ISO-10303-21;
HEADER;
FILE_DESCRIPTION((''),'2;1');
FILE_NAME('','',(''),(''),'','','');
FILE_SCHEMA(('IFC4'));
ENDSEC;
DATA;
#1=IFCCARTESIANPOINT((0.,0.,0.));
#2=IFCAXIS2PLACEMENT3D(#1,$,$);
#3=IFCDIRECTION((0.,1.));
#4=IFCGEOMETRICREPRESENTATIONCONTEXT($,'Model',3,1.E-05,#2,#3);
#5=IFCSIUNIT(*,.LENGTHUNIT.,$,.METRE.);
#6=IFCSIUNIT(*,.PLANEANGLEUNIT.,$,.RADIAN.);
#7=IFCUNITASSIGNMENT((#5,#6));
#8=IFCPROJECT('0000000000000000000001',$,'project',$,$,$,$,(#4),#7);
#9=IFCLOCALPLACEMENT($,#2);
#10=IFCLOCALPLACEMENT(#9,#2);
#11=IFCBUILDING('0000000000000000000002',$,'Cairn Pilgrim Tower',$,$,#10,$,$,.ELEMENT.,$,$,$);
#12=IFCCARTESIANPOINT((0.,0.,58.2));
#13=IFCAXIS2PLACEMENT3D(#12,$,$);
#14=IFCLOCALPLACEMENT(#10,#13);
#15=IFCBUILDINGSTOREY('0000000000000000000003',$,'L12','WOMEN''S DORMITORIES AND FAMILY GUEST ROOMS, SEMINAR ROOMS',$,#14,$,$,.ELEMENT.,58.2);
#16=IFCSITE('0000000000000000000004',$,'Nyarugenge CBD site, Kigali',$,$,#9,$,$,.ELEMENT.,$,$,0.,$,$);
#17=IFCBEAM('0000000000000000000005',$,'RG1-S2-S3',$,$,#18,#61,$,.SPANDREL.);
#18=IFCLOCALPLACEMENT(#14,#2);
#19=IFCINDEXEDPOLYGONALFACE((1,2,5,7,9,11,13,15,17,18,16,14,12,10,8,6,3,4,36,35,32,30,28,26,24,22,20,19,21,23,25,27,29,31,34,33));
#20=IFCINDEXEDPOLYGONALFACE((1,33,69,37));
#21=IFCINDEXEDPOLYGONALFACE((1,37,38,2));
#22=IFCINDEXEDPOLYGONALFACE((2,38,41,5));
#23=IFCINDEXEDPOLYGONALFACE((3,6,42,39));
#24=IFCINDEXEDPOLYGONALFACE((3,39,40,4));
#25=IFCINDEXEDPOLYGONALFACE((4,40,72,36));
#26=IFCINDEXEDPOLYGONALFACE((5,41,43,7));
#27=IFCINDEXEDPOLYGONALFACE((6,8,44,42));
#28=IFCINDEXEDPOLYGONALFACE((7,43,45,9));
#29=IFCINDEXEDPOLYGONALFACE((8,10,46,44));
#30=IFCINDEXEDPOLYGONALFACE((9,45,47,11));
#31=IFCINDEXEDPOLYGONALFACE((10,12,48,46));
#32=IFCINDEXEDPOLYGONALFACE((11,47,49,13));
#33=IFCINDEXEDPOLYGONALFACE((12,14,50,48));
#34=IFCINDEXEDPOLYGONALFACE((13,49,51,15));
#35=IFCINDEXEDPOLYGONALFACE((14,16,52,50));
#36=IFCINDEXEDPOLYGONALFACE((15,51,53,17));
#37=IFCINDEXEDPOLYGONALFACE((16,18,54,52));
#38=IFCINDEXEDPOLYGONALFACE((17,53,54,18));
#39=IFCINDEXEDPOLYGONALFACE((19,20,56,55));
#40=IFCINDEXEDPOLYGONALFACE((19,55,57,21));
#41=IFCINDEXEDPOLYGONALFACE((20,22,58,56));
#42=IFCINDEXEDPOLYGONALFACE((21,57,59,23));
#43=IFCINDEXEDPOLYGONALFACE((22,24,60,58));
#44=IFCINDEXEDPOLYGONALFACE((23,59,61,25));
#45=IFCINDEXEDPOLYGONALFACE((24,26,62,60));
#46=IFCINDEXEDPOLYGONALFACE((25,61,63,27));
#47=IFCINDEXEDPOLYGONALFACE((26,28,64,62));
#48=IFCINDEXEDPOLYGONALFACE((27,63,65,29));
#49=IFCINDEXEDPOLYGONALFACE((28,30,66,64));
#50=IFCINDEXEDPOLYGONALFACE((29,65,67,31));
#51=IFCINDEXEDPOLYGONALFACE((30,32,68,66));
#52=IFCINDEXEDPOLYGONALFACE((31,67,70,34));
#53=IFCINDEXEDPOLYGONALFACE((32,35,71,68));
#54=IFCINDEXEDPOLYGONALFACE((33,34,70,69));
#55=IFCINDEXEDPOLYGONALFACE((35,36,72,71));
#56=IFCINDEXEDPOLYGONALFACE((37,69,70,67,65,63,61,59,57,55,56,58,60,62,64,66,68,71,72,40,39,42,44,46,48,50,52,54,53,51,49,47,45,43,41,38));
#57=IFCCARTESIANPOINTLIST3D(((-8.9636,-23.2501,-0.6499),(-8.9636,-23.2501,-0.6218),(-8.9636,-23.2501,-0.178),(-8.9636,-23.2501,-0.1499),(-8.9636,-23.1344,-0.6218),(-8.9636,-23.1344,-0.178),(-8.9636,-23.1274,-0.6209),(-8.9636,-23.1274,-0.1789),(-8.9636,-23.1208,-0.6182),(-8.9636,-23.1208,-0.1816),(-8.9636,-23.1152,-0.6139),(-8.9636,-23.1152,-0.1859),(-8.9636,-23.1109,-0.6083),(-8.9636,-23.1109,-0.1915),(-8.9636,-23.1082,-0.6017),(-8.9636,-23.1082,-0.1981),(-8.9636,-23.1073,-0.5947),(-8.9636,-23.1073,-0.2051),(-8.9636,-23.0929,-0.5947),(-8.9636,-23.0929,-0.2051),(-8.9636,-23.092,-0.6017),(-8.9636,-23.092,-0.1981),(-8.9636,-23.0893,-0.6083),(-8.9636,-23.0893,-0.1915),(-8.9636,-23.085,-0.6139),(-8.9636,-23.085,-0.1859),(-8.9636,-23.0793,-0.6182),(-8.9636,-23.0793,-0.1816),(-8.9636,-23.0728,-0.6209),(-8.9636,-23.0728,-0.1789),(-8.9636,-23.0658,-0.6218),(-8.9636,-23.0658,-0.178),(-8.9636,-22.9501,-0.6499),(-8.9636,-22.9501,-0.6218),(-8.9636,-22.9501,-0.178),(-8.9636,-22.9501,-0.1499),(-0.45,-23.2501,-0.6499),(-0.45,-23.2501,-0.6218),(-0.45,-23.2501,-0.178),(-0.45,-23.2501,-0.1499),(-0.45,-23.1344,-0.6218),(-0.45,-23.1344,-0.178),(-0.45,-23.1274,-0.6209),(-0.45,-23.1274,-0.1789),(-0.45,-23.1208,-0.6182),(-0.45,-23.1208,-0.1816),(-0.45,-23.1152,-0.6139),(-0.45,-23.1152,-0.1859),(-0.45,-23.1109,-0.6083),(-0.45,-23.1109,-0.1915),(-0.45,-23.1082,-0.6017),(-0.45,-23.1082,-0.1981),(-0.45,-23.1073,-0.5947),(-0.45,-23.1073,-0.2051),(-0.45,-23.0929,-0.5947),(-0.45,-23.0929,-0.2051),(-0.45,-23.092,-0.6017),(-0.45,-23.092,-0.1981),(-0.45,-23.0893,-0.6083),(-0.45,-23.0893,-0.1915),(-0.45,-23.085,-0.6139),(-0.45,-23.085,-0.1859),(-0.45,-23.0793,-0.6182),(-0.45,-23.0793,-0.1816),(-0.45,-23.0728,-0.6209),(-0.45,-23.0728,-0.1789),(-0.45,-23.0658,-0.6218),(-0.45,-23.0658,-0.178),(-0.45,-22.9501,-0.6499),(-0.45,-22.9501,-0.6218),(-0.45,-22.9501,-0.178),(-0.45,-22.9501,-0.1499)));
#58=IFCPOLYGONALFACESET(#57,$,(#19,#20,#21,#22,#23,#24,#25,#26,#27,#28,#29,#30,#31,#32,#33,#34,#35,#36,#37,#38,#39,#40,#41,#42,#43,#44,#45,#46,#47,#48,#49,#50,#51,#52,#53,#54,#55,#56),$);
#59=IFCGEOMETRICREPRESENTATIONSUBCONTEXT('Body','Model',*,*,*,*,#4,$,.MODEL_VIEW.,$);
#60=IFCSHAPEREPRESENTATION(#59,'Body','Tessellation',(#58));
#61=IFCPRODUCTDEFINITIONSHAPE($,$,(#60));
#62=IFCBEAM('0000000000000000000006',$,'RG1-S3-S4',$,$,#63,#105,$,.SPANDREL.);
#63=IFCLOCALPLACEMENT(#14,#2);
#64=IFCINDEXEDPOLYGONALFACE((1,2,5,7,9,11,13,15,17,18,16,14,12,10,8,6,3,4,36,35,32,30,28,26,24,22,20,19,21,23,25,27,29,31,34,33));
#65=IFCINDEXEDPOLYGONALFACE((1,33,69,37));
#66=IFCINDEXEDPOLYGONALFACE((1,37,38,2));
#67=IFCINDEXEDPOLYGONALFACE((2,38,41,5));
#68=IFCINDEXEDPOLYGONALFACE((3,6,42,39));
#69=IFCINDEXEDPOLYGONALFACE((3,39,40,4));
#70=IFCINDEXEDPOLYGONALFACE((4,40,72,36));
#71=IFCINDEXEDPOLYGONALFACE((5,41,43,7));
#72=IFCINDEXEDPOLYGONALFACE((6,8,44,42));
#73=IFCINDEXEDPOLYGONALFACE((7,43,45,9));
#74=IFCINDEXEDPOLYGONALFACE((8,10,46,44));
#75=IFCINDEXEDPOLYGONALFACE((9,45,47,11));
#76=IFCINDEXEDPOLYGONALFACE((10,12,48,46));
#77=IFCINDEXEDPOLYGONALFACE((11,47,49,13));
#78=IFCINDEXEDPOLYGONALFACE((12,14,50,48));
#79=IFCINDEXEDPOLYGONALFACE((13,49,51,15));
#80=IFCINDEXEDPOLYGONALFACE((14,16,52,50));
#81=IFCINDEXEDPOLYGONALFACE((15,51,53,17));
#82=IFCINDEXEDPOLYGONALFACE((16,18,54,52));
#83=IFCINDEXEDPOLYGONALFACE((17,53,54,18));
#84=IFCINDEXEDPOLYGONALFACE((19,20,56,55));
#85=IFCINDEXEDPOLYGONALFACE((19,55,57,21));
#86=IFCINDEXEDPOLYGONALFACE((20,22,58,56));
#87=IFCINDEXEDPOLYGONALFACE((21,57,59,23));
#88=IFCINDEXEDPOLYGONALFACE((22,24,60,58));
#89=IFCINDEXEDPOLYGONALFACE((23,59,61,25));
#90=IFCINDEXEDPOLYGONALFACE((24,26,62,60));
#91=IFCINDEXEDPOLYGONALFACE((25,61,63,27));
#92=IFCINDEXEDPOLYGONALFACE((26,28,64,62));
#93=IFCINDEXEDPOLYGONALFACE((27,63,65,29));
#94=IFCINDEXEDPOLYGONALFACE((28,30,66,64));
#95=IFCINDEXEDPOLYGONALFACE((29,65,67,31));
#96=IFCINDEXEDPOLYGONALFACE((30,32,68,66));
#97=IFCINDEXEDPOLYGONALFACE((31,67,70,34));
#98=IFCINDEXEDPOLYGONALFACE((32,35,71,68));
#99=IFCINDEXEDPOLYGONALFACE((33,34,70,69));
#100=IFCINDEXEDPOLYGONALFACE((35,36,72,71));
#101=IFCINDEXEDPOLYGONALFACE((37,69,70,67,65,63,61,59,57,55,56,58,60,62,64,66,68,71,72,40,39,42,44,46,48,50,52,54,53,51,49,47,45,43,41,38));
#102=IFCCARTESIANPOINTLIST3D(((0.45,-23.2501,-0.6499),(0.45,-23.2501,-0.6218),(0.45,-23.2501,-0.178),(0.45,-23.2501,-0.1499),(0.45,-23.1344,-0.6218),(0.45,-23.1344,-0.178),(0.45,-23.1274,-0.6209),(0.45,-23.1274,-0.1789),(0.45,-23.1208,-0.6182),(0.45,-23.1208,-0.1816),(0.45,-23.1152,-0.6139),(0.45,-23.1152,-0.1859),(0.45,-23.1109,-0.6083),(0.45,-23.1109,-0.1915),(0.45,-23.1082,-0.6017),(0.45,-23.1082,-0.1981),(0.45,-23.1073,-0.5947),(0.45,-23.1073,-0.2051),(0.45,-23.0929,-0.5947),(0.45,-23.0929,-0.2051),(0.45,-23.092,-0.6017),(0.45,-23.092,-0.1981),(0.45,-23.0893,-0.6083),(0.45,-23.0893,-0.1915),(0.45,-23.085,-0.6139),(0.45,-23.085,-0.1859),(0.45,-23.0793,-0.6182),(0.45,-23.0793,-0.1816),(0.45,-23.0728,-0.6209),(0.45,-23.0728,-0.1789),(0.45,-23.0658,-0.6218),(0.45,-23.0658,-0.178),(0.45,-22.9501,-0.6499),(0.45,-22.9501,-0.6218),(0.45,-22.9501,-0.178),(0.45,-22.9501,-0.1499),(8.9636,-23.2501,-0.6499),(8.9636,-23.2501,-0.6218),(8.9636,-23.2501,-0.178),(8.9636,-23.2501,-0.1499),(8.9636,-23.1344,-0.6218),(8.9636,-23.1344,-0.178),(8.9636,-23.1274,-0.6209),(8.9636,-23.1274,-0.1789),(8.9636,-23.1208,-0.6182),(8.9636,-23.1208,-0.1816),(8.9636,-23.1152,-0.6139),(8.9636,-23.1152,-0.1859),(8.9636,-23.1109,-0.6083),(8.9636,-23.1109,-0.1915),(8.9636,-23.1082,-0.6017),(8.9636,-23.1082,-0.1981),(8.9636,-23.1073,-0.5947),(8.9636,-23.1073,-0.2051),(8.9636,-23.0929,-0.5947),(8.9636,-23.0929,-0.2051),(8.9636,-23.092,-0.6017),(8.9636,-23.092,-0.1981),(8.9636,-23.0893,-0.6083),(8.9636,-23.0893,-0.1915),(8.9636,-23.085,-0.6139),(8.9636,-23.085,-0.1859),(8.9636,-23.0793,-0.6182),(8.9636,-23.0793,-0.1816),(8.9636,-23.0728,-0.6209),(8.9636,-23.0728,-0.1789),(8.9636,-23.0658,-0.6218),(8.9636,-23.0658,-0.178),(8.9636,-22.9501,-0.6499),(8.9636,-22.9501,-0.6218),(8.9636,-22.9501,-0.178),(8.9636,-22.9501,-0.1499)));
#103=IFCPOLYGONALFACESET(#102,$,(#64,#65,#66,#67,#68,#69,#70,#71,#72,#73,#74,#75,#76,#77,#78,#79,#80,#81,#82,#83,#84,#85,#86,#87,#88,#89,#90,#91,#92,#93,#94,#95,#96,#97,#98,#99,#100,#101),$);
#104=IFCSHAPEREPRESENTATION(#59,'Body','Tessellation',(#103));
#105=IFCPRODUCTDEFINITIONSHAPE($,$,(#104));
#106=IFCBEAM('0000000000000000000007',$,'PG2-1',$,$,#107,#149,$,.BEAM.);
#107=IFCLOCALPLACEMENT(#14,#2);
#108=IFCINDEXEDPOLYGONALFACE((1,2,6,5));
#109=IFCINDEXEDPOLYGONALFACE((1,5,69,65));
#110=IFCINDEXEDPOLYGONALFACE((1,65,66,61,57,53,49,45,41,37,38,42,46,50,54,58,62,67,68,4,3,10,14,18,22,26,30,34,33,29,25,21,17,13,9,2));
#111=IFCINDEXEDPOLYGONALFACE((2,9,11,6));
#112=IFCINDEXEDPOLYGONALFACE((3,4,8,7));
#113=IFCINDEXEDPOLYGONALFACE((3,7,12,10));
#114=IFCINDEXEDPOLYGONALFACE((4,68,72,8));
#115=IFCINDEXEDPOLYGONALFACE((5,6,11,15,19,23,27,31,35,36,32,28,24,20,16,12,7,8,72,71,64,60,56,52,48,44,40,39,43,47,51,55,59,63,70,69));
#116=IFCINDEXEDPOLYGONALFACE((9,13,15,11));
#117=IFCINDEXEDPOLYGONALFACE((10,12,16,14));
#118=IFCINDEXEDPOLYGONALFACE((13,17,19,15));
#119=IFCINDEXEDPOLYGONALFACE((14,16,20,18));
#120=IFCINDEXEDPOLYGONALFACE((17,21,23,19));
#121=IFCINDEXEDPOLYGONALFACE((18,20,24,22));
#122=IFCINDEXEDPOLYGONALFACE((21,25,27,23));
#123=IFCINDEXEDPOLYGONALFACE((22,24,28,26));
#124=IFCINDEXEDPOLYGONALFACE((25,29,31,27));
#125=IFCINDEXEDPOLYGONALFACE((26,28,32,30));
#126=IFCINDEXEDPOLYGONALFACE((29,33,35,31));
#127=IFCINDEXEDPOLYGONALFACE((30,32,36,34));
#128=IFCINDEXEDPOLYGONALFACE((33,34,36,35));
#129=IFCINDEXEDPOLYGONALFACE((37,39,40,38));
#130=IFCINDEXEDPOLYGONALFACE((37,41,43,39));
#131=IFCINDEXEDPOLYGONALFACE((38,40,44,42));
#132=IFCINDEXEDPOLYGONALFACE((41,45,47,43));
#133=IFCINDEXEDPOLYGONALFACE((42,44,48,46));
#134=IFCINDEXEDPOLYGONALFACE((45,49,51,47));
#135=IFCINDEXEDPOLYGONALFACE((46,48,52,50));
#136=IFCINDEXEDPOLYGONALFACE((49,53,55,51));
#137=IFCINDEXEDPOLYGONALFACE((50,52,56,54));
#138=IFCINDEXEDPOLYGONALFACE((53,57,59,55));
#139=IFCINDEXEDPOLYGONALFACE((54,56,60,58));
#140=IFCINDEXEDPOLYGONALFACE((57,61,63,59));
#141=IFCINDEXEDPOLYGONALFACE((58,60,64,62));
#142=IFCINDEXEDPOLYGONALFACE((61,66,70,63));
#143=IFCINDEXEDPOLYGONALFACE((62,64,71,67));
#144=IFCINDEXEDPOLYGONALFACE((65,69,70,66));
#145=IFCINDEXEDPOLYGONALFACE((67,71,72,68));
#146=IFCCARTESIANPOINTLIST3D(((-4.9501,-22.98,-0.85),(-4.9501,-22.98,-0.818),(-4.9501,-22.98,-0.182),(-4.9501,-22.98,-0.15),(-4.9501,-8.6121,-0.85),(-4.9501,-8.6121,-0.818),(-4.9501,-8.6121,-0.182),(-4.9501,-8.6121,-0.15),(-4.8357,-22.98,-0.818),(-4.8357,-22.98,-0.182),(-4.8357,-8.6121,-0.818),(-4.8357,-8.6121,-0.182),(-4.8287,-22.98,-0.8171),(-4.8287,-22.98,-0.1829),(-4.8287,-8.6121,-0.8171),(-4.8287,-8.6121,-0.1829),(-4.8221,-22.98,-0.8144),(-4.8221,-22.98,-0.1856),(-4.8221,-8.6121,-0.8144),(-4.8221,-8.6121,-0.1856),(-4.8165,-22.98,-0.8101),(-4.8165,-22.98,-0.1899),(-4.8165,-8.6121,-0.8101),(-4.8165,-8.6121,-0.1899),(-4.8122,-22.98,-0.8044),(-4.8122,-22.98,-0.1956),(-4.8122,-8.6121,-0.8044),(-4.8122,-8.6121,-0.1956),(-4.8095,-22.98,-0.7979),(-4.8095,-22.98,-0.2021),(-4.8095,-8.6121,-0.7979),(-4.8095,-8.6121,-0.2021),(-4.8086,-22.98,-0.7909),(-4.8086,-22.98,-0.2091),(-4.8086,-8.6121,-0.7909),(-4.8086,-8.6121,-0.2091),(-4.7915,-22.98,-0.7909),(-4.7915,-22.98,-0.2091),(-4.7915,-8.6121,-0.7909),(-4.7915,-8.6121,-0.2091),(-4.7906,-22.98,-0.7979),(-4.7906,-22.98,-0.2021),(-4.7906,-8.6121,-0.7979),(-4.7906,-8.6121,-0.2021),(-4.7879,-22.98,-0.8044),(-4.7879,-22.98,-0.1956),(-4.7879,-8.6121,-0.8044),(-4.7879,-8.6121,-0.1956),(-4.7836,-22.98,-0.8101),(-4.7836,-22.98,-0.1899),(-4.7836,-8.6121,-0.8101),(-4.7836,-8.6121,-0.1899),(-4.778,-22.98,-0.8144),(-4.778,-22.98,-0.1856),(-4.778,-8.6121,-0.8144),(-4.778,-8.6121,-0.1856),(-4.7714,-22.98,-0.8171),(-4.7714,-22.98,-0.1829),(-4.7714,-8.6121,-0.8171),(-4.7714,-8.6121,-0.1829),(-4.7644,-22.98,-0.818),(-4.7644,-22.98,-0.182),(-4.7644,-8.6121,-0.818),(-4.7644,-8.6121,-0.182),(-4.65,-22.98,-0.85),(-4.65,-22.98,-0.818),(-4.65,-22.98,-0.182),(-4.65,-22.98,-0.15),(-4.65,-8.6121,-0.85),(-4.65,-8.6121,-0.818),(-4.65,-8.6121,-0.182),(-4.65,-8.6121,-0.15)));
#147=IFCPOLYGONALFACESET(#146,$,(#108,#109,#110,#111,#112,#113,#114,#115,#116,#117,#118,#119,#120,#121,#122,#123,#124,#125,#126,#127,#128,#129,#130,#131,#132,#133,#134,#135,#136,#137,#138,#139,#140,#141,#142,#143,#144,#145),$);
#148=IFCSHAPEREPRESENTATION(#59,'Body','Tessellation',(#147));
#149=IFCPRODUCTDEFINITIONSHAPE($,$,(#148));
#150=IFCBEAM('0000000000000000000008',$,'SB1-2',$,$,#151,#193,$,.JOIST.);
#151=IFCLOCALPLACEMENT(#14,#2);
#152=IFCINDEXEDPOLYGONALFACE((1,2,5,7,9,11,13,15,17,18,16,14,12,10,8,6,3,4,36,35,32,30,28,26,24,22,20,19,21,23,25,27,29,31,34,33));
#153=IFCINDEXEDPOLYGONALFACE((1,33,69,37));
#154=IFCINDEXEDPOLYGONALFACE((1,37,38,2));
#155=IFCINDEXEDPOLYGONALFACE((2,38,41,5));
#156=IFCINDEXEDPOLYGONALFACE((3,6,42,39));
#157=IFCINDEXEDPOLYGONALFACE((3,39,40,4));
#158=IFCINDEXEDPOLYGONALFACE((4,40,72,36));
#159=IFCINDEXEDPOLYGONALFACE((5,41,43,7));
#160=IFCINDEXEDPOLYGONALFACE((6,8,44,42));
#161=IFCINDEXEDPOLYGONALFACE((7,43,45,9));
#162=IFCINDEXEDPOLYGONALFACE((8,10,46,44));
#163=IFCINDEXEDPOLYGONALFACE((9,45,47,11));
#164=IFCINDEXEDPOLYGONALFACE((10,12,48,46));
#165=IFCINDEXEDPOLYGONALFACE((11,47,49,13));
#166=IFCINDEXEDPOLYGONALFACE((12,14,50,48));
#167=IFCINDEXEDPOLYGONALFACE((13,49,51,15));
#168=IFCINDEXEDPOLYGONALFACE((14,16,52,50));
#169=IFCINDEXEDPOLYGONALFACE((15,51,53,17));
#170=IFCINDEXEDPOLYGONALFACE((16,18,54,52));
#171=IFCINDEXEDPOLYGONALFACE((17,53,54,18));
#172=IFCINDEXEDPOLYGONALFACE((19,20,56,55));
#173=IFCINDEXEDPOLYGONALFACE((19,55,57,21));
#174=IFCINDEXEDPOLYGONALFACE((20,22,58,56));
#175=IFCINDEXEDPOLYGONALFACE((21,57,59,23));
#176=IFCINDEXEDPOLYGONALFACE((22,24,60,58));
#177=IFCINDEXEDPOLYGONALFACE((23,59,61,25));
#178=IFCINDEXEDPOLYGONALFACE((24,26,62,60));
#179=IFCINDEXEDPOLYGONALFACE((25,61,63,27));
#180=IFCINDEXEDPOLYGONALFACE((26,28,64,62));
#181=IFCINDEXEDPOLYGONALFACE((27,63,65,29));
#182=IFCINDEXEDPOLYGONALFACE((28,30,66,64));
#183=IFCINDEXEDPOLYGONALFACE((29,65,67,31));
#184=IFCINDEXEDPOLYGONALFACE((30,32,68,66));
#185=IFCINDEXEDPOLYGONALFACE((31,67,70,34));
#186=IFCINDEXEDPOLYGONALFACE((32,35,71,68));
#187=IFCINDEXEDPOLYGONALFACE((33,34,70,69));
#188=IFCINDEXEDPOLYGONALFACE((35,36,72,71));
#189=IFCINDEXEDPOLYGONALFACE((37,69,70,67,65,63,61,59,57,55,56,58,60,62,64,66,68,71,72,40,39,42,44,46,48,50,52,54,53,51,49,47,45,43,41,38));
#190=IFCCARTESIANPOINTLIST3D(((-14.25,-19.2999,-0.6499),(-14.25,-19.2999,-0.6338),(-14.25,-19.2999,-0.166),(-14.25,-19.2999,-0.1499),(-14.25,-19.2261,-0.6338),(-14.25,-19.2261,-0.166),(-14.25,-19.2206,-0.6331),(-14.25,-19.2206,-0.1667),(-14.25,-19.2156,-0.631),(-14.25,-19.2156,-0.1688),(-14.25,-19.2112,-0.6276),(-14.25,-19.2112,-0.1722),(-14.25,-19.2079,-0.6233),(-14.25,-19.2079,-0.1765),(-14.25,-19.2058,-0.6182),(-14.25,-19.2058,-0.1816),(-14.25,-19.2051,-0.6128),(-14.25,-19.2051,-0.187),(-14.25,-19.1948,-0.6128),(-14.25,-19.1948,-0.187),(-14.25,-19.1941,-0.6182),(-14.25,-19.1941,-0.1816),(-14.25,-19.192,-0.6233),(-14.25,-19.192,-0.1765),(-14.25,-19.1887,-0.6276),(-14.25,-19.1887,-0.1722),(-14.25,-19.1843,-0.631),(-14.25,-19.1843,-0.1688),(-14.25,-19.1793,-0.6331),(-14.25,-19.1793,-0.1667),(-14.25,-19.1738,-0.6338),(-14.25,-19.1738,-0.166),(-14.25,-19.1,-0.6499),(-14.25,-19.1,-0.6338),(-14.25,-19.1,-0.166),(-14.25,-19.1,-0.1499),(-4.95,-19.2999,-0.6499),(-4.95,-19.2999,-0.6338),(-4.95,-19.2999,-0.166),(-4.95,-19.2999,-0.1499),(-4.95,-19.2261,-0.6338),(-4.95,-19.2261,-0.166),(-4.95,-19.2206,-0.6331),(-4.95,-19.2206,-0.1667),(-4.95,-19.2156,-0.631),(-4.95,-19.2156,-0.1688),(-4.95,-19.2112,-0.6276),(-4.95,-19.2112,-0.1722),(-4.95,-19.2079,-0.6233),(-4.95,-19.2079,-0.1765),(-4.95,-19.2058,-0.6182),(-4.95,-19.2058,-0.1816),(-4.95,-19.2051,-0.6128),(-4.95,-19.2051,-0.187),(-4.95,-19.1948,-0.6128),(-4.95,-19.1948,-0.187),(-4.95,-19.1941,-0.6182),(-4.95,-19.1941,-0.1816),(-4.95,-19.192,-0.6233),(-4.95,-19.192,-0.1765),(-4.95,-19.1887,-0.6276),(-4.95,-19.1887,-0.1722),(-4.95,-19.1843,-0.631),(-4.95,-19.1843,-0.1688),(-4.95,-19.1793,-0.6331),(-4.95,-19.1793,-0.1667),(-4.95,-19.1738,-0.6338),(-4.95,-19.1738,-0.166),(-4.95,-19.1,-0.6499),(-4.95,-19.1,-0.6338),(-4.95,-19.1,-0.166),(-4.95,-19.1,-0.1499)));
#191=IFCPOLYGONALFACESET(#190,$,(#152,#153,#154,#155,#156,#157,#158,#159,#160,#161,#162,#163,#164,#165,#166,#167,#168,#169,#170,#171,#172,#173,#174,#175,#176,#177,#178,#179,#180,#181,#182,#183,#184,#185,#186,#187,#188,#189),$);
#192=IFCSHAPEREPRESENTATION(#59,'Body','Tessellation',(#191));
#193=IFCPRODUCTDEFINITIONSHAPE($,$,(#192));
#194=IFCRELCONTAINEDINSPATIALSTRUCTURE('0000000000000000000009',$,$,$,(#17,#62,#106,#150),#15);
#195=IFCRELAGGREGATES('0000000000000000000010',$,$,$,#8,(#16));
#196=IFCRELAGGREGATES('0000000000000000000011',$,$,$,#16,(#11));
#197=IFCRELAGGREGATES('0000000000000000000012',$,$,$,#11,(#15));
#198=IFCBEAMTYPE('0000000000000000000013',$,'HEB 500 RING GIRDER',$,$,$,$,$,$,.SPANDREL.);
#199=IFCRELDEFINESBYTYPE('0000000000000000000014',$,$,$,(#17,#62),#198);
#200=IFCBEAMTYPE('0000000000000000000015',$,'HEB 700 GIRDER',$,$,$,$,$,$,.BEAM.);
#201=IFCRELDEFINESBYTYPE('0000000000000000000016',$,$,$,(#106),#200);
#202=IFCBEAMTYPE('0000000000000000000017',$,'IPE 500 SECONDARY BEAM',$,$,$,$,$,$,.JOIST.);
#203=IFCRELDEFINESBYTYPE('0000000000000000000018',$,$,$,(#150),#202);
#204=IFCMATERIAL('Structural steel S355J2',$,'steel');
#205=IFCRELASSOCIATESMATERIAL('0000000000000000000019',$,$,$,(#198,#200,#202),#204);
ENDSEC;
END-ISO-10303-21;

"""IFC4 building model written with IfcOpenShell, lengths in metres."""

from ifc_helpers import new_model, si_unit, direction, frame, origin, origin_2d, place, context, subcontext, project, spatial, i_section, extrude, material, material_profile, profile_set, type_object, element, save


model = new_model("IFC4")

# Units and contexts
model_context = context("Model", 3, precision=1e-05, world=origin(), true_north=direction((0.0, 1.0)))
body_context = subcontext(model_context, "Body", "Model", "MODEL_VIEW")
ifc_project = project(units=[si_unit("LENGTHUNIT", "METRE"), si_unit("PLANEANGLEUNIT", "RADIAN")], contexts=[model_context])

# Site, building, storey
site_placement = place(None, origin())
site = spatial("IfcSite", under=ifc_project, at=site_placement, Name="Nyarugenge CBD site, Kigali", CompositionType="ELEMENT", RefElevation=0.0)
building_placement = place(site_placement, origin())
building = spatial("IfcBuilding", under=site, at=building_placement, Name="Cairn Pilgrim Tower", CompositionType="ELEMENT")
storey_placement = place(building_placement, frame((0.0, 0.0, 58.2)))
storey = spatial("IfcBuildingStorey", under=building, at=storey_placement, Name="L12", Description="WOMEN'S DORMITORIES AND FAMILY GUEST ROOMS, SEMINAR ROOMS", CompositionType="ELEMENT", Elevation=58.2)

# Beams
ifc_material_1 = material(Name="Structural steel S355J2", Category="steel")
ifc_material_profile_1 = material_profile(ifc_material_1, i_section(OverallWidth=0.3, OverallDepth=0.5, WebThickness=0.0144, FlangeThickness=0.0281, FilletRadius=0.0271, at=origin_2d()), Name="HEB 500")
ifc_profile_set_1 = profile_set([ifc_material_profile_1], Name="Structural steel S355J2")
beam_type_1 = type_object("IfcBeamType", Name="HEB 500 RING GIRDER", PredefinedType="SPANDREL", material=ifc_profile_set_1)
for number, where, z_axis, x_axis, name in (
    (1, (-8.9636, -23.1001, -0.3999), (1.0, 0.0, 0.0), (0.0, 1.0, 0.0), "RG1-S2-S3"),
    (2, (0.45, -23.1001, -0.3999), (1.0, 0.0, 0.0), (0.0, 1.0, 0.0), "RG1-S3-S4"),
):
    element("IfcBeam", number, at=place(storey_placement, frame(where, z_axis=z_axis, x_axis=x_axis)), inside=storey, type_object=beam_type_1, Name=name, PredefinedType="SPANDREL", context=body_context, shape_type="SweptSolid", body=[
        extrude(i_section(OverallWidth=0.3, OverallDepth=0.5, WebThickness=0.0144, FlangeThickness=0.0281, FilletRadius=0.0271, at=origin_2d()), origin(), (0.0, 0.0, 1.0), 8.5137),
    ])
ifc_material_profile_2 = material_profile(ifc_material_1, i_section(OverallWidth=0.3, OverallDepth=0.7, WebThickness=0.0171, FlangeThickness=0.032, FilletRadius=0.0271, at=origin_2d()), Name="HEB 700")
ifc_profile_set_2 = profile_set([ifc_material_profile_2], Name="Structural steel S355J2")
beam_type_2 = type_object("IfcBeamType", Name="HEB 700 GIRDER", PredefinedType="BEAM", material=ifc_profile_set_2)
beam_1_placement = place(storey_placement, frame((-4.8, -22.98, -0.5), z_axis=(0.0, 1.0, 0.0), x_axis=(-1.0, 0.0, 0.0)))
element("IfcBeam", 3, at=beam_1_placement, inside=storey, type_object=beam_type_2, Name="PG2-1", PredefinedType="BEAM", context=body_context, shape_type="SweptSolid", body=[
    extrude(i_section(OverallWidth=0.3, OverallDepth=0.7, WebThickness=0.0171, FlangeThickness=0.032, FilletRadius=0.0271, at=origin_2d()), origin(), (0.0, 0.0, 1.0), 14.3679),
])
ifc_material_profile_3 = material_profile(ifc_material_1, i_section(OverallWidth=0.2, OverallDepth=0.5, WebThickness=0.0103, FlangeThickness=0.0161, FilletRadius=0.021, at=origin_2d()), Name="IPE 500")
ifc_profile_set_3 = profile_set([ifc_material_profile_3], Name="Structural steel S355J2")
beam_type_3 = type_object("IfcBeamType", Name="IPE 500 SECONDARY BEAM", PredefinedType="JOIST", material=ifc_profile_set_3)
beam_2_placement = place(storey_placement, frame((-14.25, -19.2, -0.3999), z_axis=(1.0, 0.0, 0.0), x_axis=(0.0, 1.0, 0.0)))
element("IfcBeam", 4, at=beam_2_placement, inside=storey, type_object=beam_type_3, Name="SB1-2", PredefinedType="JOIST", context=body_context, shape_type="SweptSolid", body=[
    extrude(i_section(OverallWidth=0.2, OverallDepth=0.5, WebThickness=0.0103, FlangeThickness=0.0161, FilletRadius=0.021, at=origin_2d()), origin(), (0.0, 0.0, 1.0), 9.3),
])

save(model, "model.ifc")
